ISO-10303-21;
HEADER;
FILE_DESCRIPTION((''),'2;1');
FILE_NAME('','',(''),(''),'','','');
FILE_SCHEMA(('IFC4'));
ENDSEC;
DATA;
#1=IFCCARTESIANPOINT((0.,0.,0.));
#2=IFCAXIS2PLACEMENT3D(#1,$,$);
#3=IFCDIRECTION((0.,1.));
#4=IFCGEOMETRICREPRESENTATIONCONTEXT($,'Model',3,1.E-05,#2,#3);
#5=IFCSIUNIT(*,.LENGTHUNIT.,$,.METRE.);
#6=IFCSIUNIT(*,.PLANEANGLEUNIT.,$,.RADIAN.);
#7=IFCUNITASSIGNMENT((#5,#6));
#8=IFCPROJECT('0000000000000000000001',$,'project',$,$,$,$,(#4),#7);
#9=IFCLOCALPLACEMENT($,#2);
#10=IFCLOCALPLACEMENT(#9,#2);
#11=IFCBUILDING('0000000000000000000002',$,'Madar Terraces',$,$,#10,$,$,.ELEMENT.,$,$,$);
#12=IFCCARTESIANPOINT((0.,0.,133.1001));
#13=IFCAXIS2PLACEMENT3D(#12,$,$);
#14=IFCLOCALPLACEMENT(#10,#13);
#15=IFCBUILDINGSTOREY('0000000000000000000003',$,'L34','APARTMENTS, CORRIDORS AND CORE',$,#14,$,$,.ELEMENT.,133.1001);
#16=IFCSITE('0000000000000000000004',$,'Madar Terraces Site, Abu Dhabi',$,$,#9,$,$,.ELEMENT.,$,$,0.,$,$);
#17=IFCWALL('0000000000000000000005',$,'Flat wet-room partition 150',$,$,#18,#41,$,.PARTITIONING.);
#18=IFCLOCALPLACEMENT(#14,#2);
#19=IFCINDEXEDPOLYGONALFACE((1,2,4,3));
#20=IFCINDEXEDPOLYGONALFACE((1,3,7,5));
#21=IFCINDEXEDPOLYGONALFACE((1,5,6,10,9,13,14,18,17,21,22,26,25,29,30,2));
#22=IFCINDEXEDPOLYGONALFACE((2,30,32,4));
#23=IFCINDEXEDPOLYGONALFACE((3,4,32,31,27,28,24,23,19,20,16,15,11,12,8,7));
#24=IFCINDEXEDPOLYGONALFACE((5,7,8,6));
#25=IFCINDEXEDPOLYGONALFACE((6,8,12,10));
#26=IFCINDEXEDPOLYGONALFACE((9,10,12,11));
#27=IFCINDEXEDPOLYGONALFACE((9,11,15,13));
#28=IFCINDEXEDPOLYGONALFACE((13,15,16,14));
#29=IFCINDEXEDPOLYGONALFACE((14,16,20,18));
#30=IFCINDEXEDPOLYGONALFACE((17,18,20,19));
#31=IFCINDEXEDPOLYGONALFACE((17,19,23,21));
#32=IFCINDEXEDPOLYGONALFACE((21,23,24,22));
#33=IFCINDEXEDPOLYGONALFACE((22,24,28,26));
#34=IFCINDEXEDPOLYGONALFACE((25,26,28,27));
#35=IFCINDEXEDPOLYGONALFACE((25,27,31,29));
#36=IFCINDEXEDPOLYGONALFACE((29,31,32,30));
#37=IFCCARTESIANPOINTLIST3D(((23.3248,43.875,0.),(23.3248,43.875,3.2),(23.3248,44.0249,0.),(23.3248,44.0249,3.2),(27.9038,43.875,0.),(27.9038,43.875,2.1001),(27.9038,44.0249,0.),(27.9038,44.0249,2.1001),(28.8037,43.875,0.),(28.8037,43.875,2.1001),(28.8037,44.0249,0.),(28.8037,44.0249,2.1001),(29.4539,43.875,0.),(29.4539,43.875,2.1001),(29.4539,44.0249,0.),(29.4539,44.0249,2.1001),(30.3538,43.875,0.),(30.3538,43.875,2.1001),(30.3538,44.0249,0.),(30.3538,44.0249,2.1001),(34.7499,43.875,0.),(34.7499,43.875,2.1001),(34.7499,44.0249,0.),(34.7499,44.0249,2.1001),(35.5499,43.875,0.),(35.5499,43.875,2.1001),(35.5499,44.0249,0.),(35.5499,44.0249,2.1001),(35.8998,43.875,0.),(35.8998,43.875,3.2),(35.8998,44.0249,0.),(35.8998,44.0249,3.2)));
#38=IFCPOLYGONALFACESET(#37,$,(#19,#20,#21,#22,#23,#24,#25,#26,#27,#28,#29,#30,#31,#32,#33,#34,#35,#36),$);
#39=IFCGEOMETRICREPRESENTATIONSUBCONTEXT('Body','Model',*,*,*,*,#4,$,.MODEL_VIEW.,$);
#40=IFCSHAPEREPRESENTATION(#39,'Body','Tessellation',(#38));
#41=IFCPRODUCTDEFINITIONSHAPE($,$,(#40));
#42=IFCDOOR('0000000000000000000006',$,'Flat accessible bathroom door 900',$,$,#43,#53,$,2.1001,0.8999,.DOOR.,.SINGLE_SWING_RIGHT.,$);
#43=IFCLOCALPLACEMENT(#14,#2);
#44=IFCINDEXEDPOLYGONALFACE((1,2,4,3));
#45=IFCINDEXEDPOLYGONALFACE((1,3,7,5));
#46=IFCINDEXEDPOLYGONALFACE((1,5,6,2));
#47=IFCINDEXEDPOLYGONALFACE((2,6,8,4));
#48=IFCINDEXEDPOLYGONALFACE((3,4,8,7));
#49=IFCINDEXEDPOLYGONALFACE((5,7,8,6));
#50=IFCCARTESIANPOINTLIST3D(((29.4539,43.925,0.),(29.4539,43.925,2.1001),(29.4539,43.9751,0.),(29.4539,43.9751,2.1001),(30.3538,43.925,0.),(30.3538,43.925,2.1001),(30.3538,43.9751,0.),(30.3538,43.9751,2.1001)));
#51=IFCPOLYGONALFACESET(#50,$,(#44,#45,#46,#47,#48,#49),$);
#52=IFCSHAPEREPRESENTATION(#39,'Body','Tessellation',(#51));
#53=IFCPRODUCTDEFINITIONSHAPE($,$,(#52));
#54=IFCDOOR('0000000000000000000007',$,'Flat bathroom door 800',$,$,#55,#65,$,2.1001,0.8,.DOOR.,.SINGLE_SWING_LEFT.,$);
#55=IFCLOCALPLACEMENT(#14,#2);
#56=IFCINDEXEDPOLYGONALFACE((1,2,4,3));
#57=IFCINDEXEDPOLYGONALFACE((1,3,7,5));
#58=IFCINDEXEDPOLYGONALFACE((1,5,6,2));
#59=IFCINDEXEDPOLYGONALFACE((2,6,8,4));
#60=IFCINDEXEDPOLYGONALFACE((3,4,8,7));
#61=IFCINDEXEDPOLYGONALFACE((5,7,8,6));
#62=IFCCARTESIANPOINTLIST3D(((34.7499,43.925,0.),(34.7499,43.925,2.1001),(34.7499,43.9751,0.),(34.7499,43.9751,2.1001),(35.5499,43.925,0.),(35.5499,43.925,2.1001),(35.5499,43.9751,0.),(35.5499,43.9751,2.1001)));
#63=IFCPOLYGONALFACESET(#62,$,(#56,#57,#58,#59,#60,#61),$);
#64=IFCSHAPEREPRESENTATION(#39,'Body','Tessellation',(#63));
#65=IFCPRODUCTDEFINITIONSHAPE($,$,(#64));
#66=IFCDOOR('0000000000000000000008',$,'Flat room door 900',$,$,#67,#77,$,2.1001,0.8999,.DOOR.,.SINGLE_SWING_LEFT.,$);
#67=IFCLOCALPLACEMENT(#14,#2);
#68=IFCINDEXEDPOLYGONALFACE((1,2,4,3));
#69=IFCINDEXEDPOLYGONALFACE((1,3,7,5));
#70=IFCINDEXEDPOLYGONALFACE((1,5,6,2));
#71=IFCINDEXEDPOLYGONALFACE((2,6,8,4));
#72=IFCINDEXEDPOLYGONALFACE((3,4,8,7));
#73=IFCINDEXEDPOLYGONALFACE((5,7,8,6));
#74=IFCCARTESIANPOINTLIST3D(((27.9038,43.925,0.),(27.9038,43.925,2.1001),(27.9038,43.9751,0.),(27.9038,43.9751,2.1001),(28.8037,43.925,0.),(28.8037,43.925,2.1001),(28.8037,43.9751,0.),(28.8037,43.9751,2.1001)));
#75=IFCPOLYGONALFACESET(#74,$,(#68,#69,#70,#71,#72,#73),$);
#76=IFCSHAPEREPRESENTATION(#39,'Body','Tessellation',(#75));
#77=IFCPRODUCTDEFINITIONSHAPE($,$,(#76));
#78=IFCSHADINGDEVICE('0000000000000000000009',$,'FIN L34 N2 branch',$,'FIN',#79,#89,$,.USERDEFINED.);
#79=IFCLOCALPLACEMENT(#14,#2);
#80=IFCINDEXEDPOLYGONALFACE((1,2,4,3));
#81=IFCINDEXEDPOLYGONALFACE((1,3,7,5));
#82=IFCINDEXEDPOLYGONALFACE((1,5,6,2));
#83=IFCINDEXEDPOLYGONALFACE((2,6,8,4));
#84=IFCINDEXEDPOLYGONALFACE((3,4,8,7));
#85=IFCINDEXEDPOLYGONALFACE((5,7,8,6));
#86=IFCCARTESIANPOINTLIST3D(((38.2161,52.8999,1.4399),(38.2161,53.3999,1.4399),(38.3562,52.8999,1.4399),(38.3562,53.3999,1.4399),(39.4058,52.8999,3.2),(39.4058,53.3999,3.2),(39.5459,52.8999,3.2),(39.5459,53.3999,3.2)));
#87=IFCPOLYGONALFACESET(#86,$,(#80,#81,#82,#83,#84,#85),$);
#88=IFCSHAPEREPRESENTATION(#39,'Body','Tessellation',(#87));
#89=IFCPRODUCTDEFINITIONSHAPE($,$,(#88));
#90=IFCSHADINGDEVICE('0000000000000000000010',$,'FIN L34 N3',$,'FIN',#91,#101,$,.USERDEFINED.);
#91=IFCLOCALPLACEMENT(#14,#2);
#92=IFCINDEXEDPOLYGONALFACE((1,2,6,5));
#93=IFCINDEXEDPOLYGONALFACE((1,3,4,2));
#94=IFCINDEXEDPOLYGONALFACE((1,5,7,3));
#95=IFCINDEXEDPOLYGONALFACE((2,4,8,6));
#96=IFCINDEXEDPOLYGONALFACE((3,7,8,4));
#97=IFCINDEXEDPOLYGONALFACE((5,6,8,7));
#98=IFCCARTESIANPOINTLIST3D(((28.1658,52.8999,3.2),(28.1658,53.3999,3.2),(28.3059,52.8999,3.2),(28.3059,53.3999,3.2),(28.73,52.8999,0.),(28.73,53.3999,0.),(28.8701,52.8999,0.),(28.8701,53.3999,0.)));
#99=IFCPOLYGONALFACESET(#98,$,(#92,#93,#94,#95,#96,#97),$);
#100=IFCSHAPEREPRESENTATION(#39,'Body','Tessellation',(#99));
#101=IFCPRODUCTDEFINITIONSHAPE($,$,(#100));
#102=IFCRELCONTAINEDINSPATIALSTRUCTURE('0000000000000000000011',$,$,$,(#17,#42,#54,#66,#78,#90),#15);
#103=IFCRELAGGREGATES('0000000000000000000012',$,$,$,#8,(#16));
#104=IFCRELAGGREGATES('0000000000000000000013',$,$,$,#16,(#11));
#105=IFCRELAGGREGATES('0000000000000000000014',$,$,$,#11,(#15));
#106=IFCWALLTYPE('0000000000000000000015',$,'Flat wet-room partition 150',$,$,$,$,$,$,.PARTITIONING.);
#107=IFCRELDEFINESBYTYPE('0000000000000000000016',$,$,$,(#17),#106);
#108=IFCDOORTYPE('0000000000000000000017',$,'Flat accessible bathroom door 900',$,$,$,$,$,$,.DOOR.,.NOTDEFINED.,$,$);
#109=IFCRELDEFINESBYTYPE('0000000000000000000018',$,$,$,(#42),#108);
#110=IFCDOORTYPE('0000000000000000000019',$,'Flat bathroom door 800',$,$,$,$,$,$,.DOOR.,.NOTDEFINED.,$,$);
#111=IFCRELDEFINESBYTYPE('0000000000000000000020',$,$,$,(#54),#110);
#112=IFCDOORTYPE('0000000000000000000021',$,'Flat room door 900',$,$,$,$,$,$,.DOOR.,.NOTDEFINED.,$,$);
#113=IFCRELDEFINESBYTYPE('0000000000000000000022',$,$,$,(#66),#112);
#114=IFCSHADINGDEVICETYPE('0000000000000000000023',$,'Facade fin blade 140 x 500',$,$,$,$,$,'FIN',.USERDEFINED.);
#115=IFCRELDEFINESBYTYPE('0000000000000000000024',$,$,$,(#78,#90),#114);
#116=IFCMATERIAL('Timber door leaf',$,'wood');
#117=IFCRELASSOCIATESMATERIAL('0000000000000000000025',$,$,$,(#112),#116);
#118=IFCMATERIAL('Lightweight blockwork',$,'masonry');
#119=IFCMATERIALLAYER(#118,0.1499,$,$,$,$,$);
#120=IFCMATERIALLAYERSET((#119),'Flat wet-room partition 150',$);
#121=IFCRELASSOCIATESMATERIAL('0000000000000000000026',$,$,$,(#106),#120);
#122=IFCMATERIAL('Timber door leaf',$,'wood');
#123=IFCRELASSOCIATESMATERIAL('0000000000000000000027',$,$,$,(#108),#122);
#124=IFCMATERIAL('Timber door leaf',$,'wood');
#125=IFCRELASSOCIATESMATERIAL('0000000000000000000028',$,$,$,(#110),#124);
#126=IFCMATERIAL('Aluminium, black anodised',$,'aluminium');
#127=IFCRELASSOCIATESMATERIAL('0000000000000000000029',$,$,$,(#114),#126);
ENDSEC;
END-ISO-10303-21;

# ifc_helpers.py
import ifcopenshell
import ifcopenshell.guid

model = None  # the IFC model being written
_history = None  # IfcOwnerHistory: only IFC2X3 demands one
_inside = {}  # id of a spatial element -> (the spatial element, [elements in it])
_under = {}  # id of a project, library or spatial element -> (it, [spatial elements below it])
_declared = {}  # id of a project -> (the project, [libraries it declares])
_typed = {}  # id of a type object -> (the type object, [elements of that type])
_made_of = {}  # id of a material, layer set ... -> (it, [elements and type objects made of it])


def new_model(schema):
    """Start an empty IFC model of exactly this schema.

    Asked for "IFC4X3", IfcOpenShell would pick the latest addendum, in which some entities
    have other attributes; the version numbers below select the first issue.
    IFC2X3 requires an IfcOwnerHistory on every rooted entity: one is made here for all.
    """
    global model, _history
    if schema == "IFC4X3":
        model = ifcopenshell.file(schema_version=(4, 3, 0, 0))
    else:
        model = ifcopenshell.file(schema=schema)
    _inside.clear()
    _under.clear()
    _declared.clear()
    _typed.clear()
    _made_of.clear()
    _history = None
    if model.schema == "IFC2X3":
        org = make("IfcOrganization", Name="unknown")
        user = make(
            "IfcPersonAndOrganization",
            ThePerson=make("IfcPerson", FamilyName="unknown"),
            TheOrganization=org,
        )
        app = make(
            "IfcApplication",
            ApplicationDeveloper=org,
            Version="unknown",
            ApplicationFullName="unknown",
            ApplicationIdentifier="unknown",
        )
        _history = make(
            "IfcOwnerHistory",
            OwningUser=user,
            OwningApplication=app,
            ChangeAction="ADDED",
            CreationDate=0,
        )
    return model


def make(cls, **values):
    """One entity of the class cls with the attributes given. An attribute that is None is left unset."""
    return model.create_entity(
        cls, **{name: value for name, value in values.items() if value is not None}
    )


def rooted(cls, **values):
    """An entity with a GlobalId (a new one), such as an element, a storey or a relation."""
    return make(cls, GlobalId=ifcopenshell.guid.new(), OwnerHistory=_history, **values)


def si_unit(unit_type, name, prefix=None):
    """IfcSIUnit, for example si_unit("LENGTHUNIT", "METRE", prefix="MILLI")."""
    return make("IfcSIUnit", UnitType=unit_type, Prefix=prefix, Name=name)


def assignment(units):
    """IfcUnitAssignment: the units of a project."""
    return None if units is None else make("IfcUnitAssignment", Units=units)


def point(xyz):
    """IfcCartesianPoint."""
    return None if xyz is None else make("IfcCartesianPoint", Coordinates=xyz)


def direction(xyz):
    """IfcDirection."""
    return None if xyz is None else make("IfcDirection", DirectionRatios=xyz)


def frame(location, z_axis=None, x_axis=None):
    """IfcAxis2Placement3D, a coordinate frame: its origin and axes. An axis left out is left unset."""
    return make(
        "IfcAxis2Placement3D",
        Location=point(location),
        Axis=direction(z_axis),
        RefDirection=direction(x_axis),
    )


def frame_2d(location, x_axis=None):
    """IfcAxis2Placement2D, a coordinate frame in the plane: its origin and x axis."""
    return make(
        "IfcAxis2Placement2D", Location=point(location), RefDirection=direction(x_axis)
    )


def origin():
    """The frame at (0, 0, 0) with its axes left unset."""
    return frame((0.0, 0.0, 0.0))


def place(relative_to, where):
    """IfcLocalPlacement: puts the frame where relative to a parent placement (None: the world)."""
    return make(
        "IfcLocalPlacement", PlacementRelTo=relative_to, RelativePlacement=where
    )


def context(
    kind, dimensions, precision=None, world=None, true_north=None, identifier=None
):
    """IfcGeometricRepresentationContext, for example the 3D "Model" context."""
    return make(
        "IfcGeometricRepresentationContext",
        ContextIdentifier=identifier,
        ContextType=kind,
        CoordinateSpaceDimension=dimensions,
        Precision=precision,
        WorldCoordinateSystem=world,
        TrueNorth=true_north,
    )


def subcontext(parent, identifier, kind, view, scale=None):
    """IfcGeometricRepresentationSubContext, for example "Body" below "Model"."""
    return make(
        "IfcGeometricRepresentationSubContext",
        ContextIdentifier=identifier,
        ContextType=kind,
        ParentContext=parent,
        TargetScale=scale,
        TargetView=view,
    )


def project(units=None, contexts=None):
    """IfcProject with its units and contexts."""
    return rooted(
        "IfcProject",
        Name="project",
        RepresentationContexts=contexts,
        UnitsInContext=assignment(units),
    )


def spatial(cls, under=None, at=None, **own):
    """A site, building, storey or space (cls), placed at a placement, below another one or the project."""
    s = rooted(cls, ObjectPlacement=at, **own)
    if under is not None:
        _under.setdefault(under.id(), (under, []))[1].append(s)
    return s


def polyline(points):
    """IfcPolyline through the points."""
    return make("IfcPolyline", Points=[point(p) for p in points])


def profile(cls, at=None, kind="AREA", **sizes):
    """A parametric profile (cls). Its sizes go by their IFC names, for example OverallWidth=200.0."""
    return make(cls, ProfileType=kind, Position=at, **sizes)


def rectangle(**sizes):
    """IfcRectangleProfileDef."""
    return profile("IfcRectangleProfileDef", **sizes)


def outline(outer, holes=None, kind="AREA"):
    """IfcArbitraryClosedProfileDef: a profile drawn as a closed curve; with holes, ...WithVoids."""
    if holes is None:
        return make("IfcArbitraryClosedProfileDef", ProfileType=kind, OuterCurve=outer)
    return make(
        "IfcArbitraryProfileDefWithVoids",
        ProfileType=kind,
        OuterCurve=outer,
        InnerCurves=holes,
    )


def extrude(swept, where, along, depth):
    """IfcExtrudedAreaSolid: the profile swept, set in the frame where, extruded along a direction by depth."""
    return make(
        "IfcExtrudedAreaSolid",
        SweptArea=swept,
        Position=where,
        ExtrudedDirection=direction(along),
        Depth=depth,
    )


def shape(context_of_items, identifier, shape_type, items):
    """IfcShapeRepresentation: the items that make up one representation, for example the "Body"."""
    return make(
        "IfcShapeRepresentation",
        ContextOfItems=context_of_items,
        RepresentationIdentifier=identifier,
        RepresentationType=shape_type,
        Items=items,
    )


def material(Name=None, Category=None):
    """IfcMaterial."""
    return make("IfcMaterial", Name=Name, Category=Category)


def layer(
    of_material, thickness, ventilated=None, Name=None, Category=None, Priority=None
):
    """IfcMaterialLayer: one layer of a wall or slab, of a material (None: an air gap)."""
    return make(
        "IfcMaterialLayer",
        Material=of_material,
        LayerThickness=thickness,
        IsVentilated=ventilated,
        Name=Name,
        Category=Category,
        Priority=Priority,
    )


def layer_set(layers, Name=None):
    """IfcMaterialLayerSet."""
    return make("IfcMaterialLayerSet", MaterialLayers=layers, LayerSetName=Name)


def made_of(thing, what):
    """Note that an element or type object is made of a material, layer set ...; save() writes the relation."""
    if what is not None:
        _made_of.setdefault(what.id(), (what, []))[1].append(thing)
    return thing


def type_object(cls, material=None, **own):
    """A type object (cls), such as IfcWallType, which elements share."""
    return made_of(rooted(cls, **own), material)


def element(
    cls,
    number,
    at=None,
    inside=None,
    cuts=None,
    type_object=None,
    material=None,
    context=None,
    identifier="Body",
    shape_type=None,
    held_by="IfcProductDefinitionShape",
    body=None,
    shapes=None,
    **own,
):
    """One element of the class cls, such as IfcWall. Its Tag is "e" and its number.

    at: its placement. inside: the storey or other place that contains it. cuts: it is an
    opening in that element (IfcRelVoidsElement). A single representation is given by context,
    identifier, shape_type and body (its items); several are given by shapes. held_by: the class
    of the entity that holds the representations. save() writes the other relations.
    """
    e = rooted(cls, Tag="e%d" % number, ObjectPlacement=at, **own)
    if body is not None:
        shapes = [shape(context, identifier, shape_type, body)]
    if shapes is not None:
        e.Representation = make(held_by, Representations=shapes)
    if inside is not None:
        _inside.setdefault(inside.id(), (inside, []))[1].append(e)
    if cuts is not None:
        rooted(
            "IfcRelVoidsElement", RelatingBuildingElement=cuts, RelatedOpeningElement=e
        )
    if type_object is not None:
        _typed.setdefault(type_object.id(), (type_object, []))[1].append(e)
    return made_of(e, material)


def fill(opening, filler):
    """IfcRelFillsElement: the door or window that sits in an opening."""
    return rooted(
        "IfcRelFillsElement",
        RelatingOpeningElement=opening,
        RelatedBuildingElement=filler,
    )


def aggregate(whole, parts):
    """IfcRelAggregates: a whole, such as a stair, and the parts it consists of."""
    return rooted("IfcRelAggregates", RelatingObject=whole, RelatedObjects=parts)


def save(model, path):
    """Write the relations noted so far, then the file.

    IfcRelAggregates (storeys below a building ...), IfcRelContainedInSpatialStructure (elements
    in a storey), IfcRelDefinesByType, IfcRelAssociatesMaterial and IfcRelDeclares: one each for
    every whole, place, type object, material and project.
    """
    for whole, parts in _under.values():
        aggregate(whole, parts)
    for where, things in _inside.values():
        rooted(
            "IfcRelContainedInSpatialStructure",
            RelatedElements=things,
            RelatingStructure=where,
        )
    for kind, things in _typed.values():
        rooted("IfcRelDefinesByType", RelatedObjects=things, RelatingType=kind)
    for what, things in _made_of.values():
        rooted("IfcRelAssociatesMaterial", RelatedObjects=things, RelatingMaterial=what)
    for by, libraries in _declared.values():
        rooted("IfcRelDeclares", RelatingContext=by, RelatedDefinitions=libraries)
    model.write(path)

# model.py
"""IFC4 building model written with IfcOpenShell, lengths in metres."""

from ifc_helpers import new_model, si_unit, direction, frame, frame_2d, origin, place, context, subcontext, project, spatial, polyline, rectangle, outline, extrude, material, layer, layer_set, type_object, element, fill, save


model = new_model("IFC4")

# Units and contexts
model_context = context("Model", 3, precision=1e-05, world=origin(), true_north=direction((0.0, 1.0)))
body_context = subcontext(model_context, "Body", "Model", "MODEL_VIEW")
ifc_project = project(units=[si_unit("LENGTHUNIT", "METRE"), si_unit("PLANEANGLEUNIT", "RADIAN")], contexts=[model_context])

# Site, building, storey
site_placement = place(None, origin())
site = spatial("IfcSite", under=ifc_project, at=site_placement, Name="Madar Terraces Site, Abu Dhabi", CompositionType="ELEMENT", RefElevation=0.0)
building_placement = place(site_placement, origin())
building = spatial("IfcBuilding", under=site, at=building_placement, Name="Madar Terraces", CompositionType="ELEMENT")
storey_placement = place(building_placement, frame((0.0, 0.0, 133.1001)))
storey = spatial("IfcBuildingStorey", under=building, at=storey_placement, Name="L34", Description="APARTMENTS, CORRIDORS AND CORE", CompositionType="ELEMENT", Elevation=133.1001)

# Shared definitions
ifc_material_1 = material(Name="Timber door leaf", Category="wood")
door_type_1 = type_object("IfcDoorType", Name="Flat room door 900", OperationType="NOTDEFINED", PredefinedType="DOOR", material=ifc_material_1)

# Wall, openings, doors
ifc_material_2 = material(Name="Lightweight blockwork", Category="masonry")
ifc_layer_1 = layer(ifc_material_2, 0.1499)
ifc_layer_set_1 = layer_set([ifc_layer_1], Name="Flat wet-room partition 150")
wall_type_1 = type_object("IfcWallType", Name="Flat wet-room partition 150", PredefinedType="PARTITIONING", material=ifc_layer_set_1)
wall_1_placement = place(storey_placement, frame((35.8999, 43.95, 0.0), z_axis=(0.0, 0.0, 1.0), x_axis=(-1.0, 0.0, 0.0)))
wall_1 = element("IfcWall", 1, at=wall_1_placement, inside=storey, type_object=wall_type_1, Name="Flat wet-room partition 150", PredefinedType="PARTITIONING", context=body_context, shape_type="SweptSolid", body=[
    extrude(rectangle(XDim=12.575, YDim=0.1499, at=frame_2d((6.2876, 0.0))), origin(), (0.0, 0.0, 1.0), 3.2),
])
opening_1_placement = place(wall_1_placement, frame((7.0962, 0.0, 0.0)))
opening_1 = element("IfcOpeningElement", 2, at=opening_1_placement, cuts=wall_1, PredefinedType="OPENING", context=body_context, shape_type="SweptSolid", body=[
    extrude(rectangle(XDim=0.8999, YDim=2.1001, at=frame_2d((0.45, 1.05))), frame((0.0, 0.085, 0.0), z_axis=(0.0, -1.0, 0.0), x_axis=(1.0, 0.0, 0.0)), (0.0, 0.0, 1.0), 0.1699),
])
opening_2_placement = place(wall_1_placement, frame((5.5461, 0.0, 0.0)))
opening_2 = element("IfcOpeningElement", 3, at=opening_2_placement, cuts=wall_1, PredefinedType="OPENING", context=body_context, shape_type="SweptSolid", body=[
    extrude(rectangle(XDim=0.8999, YDim=2.1001, at=frame_2d((0.45, 1.05))), frame((0.0, 0.085, 0.0), z_axis=(0.0, -1.0, 0.0), x_axis=(1.0, 0.0, 0.0)), (0.0, 0.0, 1.0), 0.1699),
])
opening_3_placement = place(wall_1_placement, frame((0.3501, 0.0, 0.0)))
opening_3 = element("IfcOpeningElement", 4, at=opening_3_placement, cuts=wall_1, PredefinedType="OPENING", context=body_context, shape_type="SweptSolid", body=[
    extrude(rectangle(XDim=0.8, YDim=2.1001, at=frame_2d((0.3999, 1.05))), frame((0.0, 0.085, 0.0), z_axis=(0.0, -1.0, 0.0), x_axis=(1.0, 0.0, 0.0)), (0.0, 0.0, 1.0), 0.1699),
])
ifc_material_3 = material(Name="Timber door leaf", Category="wood")
door_type_2 = type_object("IfcDoorType", Name="Flat accessible bathroom door 900", OperationType="NOTDEFINED", PredefinedType="DOOR", material=ifc_material_3)
door_1_placement = place(opening_2_placement, origin())
door_1 = element("IfcDoor", 5, at=door_1_placement, inside=storey, type_object=door_type_2, Name="Flat accessible bathroom door 900", OperationType="SINGLE_SWING_RIGHT", OverallHeight=2.1001, OverallWidth=0.8999, PredefinedType="DOOR", context=body_context, shape_type="SweptSolid", body=[
    extrude(rectangle(XDim=0.8999, YDim=2.1001, at=frame_2d((0.45, 1.05))), frame((0.0, 0.0249, 0.0), z_axis=(0.0, -1.0, 0.0), x_axis=(1.0, 0.0, 0.0)), (0.0, 0.0, 1.0), 0.05),
])
fill(opening_2, door_1)
ifc_material_4 = material(Name="Timber door leaf", Category="wood")
door_type_3 = type_object("IfcDoorType", Name="Flat bathroom door 800", OperationType="NOTDEFINED", PredefinedType="DOOR", material=ifc_material_4)
door_2_placement = place(opening_3_placement, origin())
door_2 = element("IfcDoor", 6, at=door_2_placement, inside=storey, type_object=door_type_3, Name="Flat bathroom door 800", OperationType="SINGLE_SWING_LEFT", OverallHeight=2.1001, OverallWidth=0.8, PredefinedType="DOOR", context=body_context, shape_type="SweptSolid", body=[
    extrude(rectangle(XDim=0.8, YDim=2.1001, at=frame_2d((0.3999, 1.05))), frame((0.0, 0.0249, 0.0), z_axis=(0.0, -1.0, 0.0), x_axis=(1.0, 0.0, 0.0)), (0.0, 0.0, 1.0), 0.05),
])
fill(opening_3, door_2)
door_3_placement = place(opening_1_placement, origin())
door_3 = element("IfcDoor", 7, at=door_3_placement, inside=storey, type_object=door_type_1, Name="Flat room door 900", OperationType="SINGLE_SWING_LEFT", OverallHeight=2.1001, OverallWidth=0.8999, PredefinedType="DOOR", context=body_context, shape_type="SweptSolid", body=[
    extrude(rectangle(XDim=0.8999, YDim=2.1001, at=frame_2d((0.45, 1.05))), frame((0.0, 0.0249, 0.0), z_axis=(0.0, -1.0, 0.0), x_axis=(1.0, 0.0, 0.0)), (0.0, 0.0, 1.0), 0.05),
])
fill(opening_1, door_3)

# Shading devices
ifc_material_5 = material(Name="Aluminium, black anodised", Category="aluminium")
shading_device_type = type_object("IfcShadingDeviceType", Name="Facade fin blade 140 x 500", ElementType="FIN", PredefinedType="USERDEFINED", material=ifc_material_5)
shading_device_1_placement = place(storey_placement, frame((38.3562, 53.1499, 1.4399), z_axis=(0.0, 0.0, 1.0), x_axis=(-1.0, 0.0, 0.0)))
element("IfcShadingDevice", 8, at=shading_device_1_placement, inside=storey, type_object=shading_device_type, Name="FIN L34 N2 branch", ObjectType="FIN", PredefinedType="USERDEFINED", context=body_context, shape_type="SweptSolid", body=[
    extrude(outline(polyline([(0.0, 0.0), (0.1401, 0.0), (-1.0496, 1.76), (-1.1897, 1.76), (0.0, 0.0)])), frame((0.0, 0.25, 0.0), z_axis=(0.0, -1.0, 0.0), x_axis=(1.0, 0.0, 0.0)), (0.0, 0.0, 1.0), 0.5),
])
shading_device_2_placement = place(storey_placement, frame((28.8701, 53.1499, 0.0), z_axis=(0.0, 0.0, 1.0), x_axis=(-1.0, 0.0, 0.0)))
element("IfcShadingDevice", 9, at=shading_device_2_placement, inside=storey, type_object=shading_device_type, Name="FIN L34 N3", ObjectType="FIN", PredefinedType="USERDEFINED", context=body_context, shape_type="SweptSolid", body=[
    extrude(outline(polyline([(0.0, 0.0), (0.1401, 0.0), (0.7043, 3.2), (0.5642, 3.2), (0.0, 0.0)])), frame((0.0, 0.25, 0.0), z_axis=(0.0, -1.0, 0.0), x_axis=(1.0, 0.0, 0.0)), (0.0, 0.0, 1.0), 0.5),
])

save(model, "model.ifc")
